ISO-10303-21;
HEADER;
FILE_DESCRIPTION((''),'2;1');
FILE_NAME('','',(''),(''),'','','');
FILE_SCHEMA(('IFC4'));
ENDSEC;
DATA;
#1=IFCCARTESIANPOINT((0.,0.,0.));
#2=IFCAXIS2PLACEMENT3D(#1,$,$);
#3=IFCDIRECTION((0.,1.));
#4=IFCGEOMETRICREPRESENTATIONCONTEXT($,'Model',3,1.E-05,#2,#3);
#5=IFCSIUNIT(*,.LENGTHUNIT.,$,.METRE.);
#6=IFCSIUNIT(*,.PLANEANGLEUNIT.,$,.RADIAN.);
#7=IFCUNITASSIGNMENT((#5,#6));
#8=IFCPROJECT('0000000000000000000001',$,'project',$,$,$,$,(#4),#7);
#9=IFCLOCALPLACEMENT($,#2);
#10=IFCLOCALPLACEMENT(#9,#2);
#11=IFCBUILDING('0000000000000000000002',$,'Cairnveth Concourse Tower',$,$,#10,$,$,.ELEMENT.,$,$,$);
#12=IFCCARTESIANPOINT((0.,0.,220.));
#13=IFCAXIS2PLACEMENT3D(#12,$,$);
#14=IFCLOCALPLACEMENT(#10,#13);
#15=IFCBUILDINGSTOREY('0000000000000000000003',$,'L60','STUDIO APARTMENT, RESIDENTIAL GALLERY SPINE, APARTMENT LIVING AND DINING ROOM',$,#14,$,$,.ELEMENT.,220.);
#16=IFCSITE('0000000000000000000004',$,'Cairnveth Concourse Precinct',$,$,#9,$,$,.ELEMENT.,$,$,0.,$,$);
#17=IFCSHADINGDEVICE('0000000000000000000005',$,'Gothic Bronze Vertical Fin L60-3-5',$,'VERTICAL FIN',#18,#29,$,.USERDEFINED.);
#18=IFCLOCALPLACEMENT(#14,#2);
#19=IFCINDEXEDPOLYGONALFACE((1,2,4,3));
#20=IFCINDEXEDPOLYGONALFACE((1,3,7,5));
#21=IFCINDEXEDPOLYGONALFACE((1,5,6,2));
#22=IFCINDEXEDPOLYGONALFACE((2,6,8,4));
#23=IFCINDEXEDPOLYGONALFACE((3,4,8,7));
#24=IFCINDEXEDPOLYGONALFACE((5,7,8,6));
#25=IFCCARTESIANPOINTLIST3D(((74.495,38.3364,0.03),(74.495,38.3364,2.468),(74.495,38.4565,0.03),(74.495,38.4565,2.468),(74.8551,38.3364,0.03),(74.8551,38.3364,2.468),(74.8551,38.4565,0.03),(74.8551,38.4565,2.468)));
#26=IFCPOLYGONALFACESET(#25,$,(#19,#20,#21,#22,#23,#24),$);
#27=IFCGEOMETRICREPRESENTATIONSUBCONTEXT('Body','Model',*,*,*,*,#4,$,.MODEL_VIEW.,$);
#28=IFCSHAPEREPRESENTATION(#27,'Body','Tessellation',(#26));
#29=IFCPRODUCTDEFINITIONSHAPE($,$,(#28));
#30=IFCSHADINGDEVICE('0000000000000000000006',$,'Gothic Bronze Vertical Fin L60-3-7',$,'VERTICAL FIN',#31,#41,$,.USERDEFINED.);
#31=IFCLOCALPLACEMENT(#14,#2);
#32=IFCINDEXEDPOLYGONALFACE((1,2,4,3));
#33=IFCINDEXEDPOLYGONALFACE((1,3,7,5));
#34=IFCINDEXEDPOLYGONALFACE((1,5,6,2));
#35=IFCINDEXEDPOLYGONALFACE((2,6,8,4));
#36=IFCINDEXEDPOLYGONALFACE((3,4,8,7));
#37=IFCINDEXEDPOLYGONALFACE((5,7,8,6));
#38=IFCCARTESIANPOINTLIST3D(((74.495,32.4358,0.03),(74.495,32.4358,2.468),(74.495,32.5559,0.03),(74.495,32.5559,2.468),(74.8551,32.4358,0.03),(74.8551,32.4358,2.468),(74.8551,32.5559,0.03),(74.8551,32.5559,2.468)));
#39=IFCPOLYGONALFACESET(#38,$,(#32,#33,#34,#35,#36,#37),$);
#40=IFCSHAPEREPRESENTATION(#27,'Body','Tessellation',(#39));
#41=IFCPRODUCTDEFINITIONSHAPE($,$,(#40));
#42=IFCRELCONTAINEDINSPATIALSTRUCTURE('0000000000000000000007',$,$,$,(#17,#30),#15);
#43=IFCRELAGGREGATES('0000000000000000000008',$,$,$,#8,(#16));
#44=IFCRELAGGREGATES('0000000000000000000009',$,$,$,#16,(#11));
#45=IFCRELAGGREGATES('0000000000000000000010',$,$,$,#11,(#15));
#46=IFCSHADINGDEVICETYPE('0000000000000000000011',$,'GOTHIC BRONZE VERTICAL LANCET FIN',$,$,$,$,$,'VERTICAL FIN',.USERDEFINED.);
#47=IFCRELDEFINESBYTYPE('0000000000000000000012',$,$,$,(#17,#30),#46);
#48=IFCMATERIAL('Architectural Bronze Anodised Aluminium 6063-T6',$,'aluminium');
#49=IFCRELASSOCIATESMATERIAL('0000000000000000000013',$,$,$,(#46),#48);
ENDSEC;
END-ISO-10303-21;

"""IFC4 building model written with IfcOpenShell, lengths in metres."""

from ifc_helpers import new_model, si_unit, direction, frame, origin, origin_2d, place, context, subcontext, project, spatial, rectangle, extrude, material, type_object, element, save


model = new_model("IFC4")

# Units and contexts
model_context = context("Model", 3, precision=1e-05, world=origin(), true_north=direction((0.0, 1.0)))
body_context = subcontext(model_context, "Body", "Model", "MODEL_VIEW")
ifc_project = project(units=[si_unit("LENGTHUNIT", "METRE"), si_unit("PLANEANGLEUNIT", "RADIAN")], contexts=[model_context])

# Site, building, storey
site_placement = place(None, origin())
site = spatial("IfcSite", under=ifc_project, at=site_placement, Name="Cairnveth Concourse Precinct", CompositionType="ELEMENT", RefElevation=0.0)
building_placement = place(site_placement, origin())
building = spatial("IfcBuilding", under=site, at=building_placement, Name="Cairnveth Concourse Tower", CompositionType="ELEMENT")
storey_placement = place(building_placement, frame((0.0, 0.0, 220.0)))
storey = spatial("IfcBuildingStorey", under=building, at=storey_placement, Name="L60", Description="STUDIO APARTMENT, RESIDENTIAL GALLERY SPINE, APARTMENT LIVING AND DINING ROOM", CompositionType="ELEMENT", Elevation=220.0)

# Shading devices
ifc_material_1 = material(Name="Architectural Bronze Anodised Aluminium 6063-T6", Category="aluminium")
shading_device_type = type_object("IfcShadingDeviceType", Name="GOTHIC BRONZE VERTICAL LANCET FIN", ElementType="VERTICAL FIN", PredefinedType="USERDEFINED", material=ifc_material_1)
for number, where, z_axis, x_axis, name in (
    (1, (74.675, 38.3965, 0.03), (0.0, 0.0, 1.0), (0.0, 1.0, 0.0), "Gothic Bronze Vertical Fin L60-3-5"),
    (2, (74.675, 32.4958, 0.03), (0.0, 0.0, 1.0), (0.0, 1.0, 0.0), "Gothic Bronze Vertical Fin L60-3-7"),
):
    element("IfcShadingDevice", number, at=place(storey_placement, frame(where, z_axis=z_axis, x_axis=x_axis)), inside=storey, type_object=shading_device_type, Name=name, ObjectType="VERTICAL FIN", PredefinedType="USERDEFINED", context=body_context, shape_type="SweptSolid", body=[
        extrude(rectangle(XDim=0.1201, YDim=0.3601, at=origin_2d()), origin(), (0.0, 0.0, 1.0), 2.438),
    ])

save(model, "model.ifc")
